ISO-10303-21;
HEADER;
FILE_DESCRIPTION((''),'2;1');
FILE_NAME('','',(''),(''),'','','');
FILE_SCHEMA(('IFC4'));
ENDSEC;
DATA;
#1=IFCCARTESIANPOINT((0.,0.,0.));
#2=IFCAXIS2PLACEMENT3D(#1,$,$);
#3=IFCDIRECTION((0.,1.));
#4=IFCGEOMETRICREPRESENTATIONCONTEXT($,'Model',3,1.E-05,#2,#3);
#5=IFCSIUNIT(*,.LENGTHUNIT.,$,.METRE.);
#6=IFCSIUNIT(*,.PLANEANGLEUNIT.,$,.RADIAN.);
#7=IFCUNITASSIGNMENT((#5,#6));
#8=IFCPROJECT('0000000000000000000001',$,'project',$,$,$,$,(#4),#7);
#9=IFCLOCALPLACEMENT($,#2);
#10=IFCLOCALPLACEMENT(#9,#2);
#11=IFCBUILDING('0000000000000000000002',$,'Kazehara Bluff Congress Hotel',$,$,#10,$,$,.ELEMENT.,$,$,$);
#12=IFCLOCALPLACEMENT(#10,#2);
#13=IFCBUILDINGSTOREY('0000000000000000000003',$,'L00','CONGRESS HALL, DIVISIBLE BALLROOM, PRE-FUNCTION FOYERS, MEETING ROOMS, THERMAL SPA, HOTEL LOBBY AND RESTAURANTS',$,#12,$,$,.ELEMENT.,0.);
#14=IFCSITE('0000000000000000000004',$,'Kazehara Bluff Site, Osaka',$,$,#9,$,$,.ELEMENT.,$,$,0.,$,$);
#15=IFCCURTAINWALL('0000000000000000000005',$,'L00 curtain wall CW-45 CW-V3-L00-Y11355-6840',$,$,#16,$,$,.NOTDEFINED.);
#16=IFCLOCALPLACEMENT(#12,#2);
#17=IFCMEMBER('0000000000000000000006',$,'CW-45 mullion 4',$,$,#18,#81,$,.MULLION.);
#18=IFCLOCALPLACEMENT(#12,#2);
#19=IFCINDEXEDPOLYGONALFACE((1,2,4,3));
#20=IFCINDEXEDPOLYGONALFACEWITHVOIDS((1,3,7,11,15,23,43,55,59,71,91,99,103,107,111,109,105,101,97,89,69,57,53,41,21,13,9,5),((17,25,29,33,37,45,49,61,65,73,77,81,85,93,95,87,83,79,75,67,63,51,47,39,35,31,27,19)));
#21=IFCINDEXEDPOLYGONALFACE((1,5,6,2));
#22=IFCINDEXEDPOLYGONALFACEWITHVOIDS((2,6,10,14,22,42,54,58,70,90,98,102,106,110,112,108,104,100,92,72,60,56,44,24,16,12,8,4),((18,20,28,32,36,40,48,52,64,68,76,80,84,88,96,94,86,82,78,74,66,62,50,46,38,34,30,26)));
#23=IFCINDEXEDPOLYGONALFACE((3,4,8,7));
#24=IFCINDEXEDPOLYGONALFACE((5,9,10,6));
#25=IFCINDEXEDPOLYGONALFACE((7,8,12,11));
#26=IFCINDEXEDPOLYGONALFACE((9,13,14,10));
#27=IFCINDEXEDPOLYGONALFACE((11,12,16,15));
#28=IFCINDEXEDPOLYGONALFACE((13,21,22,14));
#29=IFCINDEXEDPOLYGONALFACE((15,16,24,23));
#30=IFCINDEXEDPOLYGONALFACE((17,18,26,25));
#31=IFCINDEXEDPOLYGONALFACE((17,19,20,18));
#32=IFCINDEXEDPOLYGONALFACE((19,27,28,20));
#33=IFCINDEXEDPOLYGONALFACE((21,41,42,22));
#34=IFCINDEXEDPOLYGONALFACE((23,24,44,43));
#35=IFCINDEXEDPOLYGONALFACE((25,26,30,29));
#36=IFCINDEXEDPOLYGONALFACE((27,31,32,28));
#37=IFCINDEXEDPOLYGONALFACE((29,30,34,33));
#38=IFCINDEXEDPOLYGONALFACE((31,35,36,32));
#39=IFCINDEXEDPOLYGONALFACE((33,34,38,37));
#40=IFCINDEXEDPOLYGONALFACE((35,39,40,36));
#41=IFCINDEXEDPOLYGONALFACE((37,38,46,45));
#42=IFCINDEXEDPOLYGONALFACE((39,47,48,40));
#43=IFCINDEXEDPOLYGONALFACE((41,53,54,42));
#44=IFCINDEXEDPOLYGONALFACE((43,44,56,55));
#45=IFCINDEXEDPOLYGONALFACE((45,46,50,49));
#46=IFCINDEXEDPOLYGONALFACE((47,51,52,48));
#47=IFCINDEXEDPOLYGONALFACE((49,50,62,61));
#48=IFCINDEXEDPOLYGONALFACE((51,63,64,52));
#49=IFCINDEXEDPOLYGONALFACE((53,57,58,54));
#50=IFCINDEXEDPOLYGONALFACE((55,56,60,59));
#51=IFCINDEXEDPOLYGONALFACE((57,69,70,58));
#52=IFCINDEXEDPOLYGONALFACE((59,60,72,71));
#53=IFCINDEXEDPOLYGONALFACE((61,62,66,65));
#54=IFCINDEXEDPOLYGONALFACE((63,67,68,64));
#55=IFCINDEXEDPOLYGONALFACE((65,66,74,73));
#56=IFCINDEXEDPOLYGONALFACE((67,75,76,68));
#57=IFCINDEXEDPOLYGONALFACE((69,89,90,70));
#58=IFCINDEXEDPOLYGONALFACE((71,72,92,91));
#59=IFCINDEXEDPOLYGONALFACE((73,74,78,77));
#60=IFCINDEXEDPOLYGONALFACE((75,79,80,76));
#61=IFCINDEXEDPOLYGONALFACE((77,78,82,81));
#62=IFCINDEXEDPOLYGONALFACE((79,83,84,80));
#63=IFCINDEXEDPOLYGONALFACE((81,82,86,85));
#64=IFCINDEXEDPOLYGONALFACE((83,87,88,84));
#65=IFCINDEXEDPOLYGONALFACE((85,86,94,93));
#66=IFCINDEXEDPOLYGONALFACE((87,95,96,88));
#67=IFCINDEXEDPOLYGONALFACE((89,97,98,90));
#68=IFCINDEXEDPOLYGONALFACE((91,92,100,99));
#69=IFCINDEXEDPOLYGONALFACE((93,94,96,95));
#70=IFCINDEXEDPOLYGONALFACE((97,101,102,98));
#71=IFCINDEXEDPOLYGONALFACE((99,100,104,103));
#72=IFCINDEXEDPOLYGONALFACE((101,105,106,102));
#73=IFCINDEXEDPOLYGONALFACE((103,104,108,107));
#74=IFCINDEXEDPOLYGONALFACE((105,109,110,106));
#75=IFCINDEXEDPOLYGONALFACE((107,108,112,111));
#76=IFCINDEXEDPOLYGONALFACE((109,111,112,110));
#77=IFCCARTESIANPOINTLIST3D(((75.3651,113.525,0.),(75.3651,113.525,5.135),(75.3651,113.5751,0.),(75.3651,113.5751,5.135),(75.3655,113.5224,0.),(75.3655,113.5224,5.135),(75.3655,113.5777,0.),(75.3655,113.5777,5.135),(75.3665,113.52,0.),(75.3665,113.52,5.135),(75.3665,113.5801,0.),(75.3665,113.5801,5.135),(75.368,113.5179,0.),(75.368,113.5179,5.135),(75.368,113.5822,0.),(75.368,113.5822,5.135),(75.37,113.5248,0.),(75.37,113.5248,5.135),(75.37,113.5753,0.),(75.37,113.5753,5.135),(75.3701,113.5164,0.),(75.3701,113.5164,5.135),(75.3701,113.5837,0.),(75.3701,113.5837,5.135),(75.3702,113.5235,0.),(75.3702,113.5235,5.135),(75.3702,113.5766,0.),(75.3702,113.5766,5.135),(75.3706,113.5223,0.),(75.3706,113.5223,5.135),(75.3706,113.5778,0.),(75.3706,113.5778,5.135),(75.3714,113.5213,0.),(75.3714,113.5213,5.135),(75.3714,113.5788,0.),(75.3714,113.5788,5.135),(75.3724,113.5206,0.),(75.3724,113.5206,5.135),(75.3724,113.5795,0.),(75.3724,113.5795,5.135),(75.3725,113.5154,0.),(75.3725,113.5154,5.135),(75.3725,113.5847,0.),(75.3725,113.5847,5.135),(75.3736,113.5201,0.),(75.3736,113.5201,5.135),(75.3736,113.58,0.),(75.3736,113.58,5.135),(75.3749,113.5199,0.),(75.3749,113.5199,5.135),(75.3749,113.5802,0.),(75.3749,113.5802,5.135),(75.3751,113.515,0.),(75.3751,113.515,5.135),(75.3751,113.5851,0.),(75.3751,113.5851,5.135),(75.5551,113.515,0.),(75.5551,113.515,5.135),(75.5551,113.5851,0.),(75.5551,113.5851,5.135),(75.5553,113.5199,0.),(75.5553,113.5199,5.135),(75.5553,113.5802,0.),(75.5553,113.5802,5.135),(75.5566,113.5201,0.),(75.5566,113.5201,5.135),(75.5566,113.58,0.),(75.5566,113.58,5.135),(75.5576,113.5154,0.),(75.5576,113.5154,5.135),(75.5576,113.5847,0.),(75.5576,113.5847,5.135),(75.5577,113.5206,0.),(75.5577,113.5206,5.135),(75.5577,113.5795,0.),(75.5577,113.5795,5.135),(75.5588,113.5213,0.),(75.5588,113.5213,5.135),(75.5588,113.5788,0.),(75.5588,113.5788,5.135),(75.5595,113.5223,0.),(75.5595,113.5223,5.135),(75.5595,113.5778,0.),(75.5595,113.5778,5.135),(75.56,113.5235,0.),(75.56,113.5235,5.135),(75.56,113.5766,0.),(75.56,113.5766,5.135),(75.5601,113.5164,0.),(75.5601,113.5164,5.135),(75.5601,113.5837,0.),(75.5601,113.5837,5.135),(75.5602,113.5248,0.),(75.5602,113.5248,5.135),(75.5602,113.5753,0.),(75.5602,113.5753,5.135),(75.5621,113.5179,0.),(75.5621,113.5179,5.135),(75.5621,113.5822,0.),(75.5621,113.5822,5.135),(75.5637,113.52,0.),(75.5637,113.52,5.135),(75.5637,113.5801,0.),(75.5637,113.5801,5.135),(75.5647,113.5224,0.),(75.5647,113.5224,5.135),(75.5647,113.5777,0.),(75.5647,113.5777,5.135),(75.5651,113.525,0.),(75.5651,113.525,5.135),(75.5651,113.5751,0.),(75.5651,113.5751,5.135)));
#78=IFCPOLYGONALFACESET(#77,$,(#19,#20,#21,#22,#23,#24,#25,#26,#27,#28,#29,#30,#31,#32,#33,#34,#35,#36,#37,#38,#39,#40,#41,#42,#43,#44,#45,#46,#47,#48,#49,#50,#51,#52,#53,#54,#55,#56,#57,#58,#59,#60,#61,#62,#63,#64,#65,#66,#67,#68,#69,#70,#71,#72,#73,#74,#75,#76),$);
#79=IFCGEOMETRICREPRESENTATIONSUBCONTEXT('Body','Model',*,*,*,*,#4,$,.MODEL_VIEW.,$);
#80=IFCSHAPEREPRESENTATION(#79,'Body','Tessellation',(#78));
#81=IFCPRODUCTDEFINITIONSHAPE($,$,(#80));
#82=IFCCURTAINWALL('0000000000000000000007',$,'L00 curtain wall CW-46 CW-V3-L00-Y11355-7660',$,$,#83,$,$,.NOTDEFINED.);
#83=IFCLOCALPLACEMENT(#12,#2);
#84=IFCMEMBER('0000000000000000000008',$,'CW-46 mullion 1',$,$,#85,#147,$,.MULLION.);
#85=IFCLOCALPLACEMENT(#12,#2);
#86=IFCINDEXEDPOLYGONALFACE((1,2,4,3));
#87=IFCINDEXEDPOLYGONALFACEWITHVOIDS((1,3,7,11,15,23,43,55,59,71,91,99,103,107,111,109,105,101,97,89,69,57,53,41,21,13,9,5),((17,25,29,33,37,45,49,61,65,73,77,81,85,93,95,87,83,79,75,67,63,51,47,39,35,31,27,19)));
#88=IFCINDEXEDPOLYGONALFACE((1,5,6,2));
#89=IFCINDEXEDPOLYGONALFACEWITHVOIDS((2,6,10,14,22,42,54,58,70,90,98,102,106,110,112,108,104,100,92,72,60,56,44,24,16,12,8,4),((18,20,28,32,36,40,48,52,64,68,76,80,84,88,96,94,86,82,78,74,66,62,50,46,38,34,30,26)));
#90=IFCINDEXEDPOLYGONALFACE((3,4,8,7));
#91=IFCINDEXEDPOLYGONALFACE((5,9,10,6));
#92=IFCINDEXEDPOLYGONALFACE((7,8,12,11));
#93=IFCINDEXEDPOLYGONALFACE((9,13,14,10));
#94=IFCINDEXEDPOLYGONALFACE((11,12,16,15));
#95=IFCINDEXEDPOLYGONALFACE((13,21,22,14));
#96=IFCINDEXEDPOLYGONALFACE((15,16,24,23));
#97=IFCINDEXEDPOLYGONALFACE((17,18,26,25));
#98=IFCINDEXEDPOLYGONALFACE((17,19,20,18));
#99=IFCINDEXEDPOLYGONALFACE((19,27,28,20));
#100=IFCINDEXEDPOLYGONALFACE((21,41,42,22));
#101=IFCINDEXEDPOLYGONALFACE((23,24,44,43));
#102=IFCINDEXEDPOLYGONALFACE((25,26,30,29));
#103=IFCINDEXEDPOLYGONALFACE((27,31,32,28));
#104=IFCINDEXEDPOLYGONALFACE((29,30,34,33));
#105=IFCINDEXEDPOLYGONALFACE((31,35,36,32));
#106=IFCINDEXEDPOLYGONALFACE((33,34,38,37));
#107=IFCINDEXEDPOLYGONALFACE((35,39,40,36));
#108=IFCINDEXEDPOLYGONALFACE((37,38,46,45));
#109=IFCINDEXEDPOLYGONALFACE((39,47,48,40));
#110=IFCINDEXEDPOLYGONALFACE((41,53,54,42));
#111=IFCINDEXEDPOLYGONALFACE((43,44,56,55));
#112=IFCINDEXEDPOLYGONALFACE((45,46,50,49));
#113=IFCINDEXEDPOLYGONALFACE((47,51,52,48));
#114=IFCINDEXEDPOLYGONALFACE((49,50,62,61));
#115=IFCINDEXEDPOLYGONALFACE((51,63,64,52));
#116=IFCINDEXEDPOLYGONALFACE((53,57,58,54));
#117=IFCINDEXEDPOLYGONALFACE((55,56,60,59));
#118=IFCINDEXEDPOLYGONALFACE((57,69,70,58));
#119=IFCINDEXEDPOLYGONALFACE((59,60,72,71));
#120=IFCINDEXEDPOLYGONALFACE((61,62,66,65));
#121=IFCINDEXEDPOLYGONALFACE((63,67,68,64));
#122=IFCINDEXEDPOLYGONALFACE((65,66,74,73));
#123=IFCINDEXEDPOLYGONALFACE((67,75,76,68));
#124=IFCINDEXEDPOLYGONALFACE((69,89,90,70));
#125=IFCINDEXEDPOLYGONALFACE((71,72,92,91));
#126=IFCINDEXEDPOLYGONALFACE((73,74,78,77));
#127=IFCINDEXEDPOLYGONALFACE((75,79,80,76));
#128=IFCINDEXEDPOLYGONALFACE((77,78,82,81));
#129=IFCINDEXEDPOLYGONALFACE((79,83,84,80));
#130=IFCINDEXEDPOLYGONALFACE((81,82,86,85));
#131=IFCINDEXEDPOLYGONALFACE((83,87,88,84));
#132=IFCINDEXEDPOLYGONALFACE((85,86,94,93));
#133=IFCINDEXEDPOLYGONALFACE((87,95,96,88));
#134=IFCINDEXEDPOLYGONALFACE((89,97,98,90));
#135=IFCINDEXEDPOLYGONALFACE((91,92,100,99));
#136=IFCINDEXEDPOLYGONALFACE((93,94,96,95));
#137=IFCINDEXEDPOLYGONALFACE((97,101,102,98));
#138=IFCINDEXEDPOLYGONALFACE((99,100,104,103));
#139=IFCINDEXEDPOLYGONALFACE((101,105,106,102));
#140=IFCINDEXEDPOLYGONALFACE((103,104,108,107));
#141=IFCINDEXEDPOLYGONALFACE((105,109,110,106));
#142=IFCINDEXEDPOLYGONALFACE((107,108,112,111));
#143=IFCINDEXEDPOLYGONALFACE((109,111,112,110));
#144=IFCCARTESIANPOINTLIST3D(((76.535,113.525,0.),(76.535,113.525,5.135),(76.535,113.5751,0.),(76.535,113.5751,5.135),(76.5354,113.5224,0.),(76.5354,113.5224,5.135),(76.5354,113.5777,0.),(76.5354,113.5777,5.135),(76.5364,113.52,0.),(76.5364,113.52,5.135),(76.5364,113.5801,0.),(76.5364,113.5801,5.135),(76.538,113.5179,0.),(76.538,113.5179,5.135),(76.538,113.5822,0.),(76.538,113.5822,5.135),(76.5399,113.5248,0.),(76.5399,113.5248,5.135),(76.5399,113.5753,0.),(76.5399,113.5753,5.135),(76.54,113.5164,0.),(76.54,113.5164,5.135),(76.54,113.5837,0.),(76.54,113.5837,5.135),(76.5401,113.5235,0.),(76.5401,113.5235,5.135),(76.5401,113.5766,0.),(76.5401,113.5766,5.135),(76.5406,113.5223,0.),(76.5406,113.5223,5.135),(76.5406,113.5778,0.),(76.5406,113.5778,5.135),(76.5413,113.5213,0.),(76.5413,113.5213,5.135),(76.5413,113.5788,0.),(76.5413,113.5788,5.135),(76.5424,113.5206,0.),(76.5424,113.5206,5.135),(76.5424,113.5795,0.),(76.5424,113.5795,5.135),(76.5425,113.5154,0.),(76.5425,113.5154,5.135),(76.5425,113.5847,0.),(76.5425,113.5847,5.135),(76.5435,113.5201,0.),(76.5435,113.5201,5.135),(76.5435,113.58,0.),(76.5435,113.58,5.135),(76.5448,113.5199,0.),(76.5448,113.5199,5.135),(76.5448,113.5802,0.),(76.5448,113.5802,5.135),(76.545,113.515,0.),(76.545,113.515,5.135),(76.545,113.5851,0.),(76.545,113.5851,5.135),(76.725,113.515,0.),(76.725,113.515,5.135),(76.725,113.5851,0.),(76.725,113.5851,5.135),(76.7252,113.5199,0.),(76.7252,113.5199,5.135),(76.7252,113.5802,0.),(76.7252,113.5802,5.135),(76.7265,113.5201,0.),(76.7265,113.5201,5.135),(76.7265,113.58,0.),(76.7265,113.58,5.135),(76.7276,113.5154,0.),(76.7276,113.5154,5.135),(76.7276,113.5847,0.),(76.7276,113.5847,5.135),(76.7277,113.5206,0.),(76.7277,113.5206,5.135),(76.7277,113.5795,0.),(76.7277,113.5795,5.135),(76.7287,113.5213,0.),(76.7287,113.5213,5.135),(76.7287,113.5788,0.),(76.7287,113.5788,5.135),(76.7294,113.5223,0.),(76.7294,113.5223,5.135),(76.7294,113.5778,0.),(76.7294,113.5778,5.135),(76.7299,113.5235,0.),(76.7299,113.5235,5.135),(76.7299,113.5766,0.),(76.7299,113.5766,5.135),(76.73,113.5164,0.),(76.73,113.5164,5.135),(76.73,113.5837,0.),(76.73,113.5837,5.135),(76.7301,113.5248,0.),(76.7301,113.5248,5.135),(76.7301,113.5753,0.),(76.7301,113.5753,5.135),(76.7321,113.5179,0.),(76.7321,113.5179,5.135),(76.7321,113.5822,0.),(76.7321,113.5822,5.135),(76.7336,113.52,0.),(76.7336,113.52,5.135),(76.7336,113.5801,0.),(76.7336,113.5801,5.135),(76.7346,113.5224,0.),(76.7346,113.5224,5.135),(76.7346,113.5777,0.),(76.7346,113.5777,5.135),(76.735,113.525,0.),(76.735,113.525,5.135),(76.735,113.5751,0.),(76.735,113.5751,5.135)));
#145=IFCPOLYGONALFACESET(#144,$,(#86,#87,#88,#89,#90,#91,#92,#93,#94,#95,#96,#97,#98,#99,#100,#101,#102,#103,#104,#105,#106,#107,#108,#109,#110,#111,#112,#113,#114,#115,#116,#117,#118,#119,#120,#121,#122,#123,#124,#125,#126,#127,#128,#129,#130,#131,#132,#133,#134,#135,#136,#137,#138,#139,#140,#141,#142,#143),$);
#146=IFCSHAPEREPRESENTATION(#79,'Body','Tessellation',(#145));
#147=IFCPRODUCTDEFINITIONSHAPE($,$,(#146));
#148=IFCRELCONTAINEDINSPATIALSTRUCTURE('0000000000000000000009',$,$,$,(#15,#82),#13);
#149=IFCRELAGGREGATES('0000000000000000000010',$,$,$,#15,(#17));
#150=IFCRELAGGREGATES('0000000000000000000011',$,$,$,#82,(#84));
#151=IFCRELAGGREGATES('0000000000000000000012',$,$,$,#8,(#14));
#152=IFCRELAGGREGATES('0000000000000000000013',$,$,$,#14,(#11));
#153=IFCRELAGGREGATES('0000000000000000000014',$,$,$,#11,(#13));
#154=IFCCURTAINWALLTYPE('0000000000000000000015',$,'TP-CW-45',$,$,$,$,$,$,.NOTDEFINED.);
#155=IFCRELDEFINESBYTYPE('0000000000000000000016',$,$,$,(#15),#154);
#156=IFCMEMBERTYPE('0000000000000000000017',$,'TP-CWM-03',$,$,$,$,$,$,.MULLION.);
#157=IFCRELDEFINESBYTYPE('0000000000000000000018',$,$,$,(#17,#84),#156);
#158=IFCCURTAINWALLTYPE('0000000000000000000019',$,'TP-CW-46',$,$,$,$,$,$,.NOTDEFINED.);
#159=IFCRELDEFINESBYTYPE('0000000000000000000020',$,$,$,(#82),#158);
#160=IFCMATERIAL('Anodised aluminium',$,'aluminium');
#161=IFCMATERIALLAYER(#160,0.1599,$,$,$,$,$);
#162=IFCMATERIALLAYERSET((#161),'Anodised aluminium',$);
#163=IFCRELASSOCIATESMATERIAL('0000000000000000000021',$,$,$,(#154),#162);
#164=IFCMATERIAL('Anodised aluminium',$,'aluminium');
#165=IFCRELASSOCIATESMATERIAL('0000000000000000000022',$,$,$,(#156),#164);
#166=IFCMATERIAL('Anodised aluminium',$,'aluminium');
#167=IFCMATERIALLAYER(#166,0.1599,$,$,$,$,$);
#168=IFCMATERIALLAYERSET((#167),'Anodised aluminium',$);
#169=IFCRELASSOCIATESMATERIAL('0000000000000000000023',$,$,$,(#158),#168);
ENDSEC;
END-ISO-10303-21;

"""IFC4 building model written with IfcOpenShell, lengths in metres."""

from ifc_helpers import new_model, si_unit, direction, frame, origin, origin_2d, place, context, subcontext, project, spatial, hollow_rectangle, extrude, material, layer, layer_set, material_profile, profile_set, type_object, element, aggregate, save


model = new_model("IFC4")

# Units and contexts
model_context = context("Model", 3, precision=1e-05, world=origin(), true_north=direction((0.0, 1.0)))
body_context = subcontext(model_context, "Body", "Model", "MODEL_VIEW")
ifc_project = project(units=[si_unit("LENGTHUNIT", "METRE"), si_unit("PLANEANGLEUNIT", "RADIAN")], contexts=[model_context])

# Site, building, storey
site_placement = place(None, origin())
site = spatial("IfcSite", under=ifc_project, at=site_placement, Name="Kazehara Bluff Site, Osaka", CompositionType="ELEMENT", RefElevation=0.0)
building_placement = place(site_placement, origin())
building = spatial("IfcBuilding", under=site, at=building_placement, Name="Kazehara Bluff Congress Hotel", CompositionType="ELEMENT")
storey_placement = place(building_placement, origin())
storey = spatial("IfcBuildingStorey", under=building, at=storey_placement, Name="L00", Description="CONGRESS HALL, DIVISIBLE BALLROOM, PRE-FUNCTION FOYERS, MEETING ROOMS, THERMAL SPA, HOTEL LOBBY AND RESTAURANTS", CompositionType="ELEMENT", Elevation=0.0)

# Curtain wall, member
ifc_material_1 = material(Name="Anodised aluminium", Category="aluminium")
ifc_layer_1 = layer(ifc_material_1, 0.1599)
ifc_layer_set_1 = layer_set([ifc_layer_1], Name="Anodised aluminium")
curtain_wall_type_1 = type_object("IfcCurtainWallType", Name="TP-CW-45", PredefinedType="NOTDEFINED", material=ifc_layer_set_1)
curtain_wall_1_placement = place(storey_placement, origin())
curtain_wall_1 = element("IfcCurtainWall", 1, at=curtain_wall_1_placement, inside=storey, type_object=curtain_wall_type_1, Name="L00 curtain wall CW-45 CW-V3-L00-Y11355-6840", PredefinedType="NOTDEFINED")
ifc_material_2 = material(Name="Anodised aluminium", Category="aluminium")
ifc_material_profile_1 = material_profile(ifc_material_2, hollow_rectangle(XDim=0.0701, YDim=0.2, WallThickness=0.0049, InnerFilletRadius=0.0049, OuterFilletRadius=0.01, at=origin_2d()))
ifc_profile_set_1 = profile_set([ifc_material_profile_1], Name="Anodised aluminium")
member_type_1 = type_object("IfcMemberType", Name="TP-CWM-03", PredefinedType="MULLION", material=ifc_profile_set_1)
member_1_placement = place(storey_placement, frame((75.4651, 113.55, 0.0), z_axis=(0.0, 0.0, 1.0), x_axis=(0.0, 1.0, 0.0)))
member_1 = element("IfcMember", 2, at=member_1_placement, type_object=member_type_1, Name="CW-45 mullion 4", PredefinedType="MULLION", context=body_context, shape_type="SweptSolid", body=[
    extrude(hollow_rectangle(XDim=0.0701, YDim=0.2, WallThickness=0.0049, InnerFilletRadius=0.0049, OuterFilletRadius=0.01, at=origin_2d()), origin(), (0.0, 0.0, 1.0), 5.135),
])

# Curtain wall, member
ifc_material_3 = material(Name="Anodised aluminium", Category="aluminium")
ifc_layer_2 = layer(ifc_material_3, 0.1599)
ifc_layer_set_2 = layer_set([ifc_layer_2], Name="Anodised aluminium")
curtain_wall_type_2 = type_object("IfcCurtainWallType", Name="TP-CW-46", PredefinedType="NOTDEFINED", material=ifc_layer_set_2)
curtain_wall_2_placement = place(storey_placement, origin())
curtain_wall_2 = element("IfcCurtainWall", 3, at=curtain_wall_2_placement, inside=storey, type_object=curtain_wall_type_2, Name="L00 curtain wall CW-46 CW-V3-L00-Y11355-7660", PredefinedType="NOTDEFINED")
member_2_placement = place(storey_placement, frame((76.635, 113.55, 0.0), z_axis=(0.0, 0.0, 1.0), x_axis=(0.0, 1.0, 0.0)))
member_2 = element("IfcMember", 4, at=member_2_placement, type_object=member_type_1, Name="CW-46 mullion 1", PredefinedType="MULLION", context=body_context, shape_type="SweptSolid", body=[
    extrude(hollow_rectangle(XDim=0.0701, YDim=0.2, WallThickness=0.0049, InnerFilletRadius=0.0049, OuterFilletRadius=0.01, at=origin_2d()), origin(), (0.0, 0.0, 1.0), 5.135),
])

aggregate(curtain_wall_1, [member_1])
aggregate(curtain_wall_2, [member_2])

save(model, "model.ifc")
